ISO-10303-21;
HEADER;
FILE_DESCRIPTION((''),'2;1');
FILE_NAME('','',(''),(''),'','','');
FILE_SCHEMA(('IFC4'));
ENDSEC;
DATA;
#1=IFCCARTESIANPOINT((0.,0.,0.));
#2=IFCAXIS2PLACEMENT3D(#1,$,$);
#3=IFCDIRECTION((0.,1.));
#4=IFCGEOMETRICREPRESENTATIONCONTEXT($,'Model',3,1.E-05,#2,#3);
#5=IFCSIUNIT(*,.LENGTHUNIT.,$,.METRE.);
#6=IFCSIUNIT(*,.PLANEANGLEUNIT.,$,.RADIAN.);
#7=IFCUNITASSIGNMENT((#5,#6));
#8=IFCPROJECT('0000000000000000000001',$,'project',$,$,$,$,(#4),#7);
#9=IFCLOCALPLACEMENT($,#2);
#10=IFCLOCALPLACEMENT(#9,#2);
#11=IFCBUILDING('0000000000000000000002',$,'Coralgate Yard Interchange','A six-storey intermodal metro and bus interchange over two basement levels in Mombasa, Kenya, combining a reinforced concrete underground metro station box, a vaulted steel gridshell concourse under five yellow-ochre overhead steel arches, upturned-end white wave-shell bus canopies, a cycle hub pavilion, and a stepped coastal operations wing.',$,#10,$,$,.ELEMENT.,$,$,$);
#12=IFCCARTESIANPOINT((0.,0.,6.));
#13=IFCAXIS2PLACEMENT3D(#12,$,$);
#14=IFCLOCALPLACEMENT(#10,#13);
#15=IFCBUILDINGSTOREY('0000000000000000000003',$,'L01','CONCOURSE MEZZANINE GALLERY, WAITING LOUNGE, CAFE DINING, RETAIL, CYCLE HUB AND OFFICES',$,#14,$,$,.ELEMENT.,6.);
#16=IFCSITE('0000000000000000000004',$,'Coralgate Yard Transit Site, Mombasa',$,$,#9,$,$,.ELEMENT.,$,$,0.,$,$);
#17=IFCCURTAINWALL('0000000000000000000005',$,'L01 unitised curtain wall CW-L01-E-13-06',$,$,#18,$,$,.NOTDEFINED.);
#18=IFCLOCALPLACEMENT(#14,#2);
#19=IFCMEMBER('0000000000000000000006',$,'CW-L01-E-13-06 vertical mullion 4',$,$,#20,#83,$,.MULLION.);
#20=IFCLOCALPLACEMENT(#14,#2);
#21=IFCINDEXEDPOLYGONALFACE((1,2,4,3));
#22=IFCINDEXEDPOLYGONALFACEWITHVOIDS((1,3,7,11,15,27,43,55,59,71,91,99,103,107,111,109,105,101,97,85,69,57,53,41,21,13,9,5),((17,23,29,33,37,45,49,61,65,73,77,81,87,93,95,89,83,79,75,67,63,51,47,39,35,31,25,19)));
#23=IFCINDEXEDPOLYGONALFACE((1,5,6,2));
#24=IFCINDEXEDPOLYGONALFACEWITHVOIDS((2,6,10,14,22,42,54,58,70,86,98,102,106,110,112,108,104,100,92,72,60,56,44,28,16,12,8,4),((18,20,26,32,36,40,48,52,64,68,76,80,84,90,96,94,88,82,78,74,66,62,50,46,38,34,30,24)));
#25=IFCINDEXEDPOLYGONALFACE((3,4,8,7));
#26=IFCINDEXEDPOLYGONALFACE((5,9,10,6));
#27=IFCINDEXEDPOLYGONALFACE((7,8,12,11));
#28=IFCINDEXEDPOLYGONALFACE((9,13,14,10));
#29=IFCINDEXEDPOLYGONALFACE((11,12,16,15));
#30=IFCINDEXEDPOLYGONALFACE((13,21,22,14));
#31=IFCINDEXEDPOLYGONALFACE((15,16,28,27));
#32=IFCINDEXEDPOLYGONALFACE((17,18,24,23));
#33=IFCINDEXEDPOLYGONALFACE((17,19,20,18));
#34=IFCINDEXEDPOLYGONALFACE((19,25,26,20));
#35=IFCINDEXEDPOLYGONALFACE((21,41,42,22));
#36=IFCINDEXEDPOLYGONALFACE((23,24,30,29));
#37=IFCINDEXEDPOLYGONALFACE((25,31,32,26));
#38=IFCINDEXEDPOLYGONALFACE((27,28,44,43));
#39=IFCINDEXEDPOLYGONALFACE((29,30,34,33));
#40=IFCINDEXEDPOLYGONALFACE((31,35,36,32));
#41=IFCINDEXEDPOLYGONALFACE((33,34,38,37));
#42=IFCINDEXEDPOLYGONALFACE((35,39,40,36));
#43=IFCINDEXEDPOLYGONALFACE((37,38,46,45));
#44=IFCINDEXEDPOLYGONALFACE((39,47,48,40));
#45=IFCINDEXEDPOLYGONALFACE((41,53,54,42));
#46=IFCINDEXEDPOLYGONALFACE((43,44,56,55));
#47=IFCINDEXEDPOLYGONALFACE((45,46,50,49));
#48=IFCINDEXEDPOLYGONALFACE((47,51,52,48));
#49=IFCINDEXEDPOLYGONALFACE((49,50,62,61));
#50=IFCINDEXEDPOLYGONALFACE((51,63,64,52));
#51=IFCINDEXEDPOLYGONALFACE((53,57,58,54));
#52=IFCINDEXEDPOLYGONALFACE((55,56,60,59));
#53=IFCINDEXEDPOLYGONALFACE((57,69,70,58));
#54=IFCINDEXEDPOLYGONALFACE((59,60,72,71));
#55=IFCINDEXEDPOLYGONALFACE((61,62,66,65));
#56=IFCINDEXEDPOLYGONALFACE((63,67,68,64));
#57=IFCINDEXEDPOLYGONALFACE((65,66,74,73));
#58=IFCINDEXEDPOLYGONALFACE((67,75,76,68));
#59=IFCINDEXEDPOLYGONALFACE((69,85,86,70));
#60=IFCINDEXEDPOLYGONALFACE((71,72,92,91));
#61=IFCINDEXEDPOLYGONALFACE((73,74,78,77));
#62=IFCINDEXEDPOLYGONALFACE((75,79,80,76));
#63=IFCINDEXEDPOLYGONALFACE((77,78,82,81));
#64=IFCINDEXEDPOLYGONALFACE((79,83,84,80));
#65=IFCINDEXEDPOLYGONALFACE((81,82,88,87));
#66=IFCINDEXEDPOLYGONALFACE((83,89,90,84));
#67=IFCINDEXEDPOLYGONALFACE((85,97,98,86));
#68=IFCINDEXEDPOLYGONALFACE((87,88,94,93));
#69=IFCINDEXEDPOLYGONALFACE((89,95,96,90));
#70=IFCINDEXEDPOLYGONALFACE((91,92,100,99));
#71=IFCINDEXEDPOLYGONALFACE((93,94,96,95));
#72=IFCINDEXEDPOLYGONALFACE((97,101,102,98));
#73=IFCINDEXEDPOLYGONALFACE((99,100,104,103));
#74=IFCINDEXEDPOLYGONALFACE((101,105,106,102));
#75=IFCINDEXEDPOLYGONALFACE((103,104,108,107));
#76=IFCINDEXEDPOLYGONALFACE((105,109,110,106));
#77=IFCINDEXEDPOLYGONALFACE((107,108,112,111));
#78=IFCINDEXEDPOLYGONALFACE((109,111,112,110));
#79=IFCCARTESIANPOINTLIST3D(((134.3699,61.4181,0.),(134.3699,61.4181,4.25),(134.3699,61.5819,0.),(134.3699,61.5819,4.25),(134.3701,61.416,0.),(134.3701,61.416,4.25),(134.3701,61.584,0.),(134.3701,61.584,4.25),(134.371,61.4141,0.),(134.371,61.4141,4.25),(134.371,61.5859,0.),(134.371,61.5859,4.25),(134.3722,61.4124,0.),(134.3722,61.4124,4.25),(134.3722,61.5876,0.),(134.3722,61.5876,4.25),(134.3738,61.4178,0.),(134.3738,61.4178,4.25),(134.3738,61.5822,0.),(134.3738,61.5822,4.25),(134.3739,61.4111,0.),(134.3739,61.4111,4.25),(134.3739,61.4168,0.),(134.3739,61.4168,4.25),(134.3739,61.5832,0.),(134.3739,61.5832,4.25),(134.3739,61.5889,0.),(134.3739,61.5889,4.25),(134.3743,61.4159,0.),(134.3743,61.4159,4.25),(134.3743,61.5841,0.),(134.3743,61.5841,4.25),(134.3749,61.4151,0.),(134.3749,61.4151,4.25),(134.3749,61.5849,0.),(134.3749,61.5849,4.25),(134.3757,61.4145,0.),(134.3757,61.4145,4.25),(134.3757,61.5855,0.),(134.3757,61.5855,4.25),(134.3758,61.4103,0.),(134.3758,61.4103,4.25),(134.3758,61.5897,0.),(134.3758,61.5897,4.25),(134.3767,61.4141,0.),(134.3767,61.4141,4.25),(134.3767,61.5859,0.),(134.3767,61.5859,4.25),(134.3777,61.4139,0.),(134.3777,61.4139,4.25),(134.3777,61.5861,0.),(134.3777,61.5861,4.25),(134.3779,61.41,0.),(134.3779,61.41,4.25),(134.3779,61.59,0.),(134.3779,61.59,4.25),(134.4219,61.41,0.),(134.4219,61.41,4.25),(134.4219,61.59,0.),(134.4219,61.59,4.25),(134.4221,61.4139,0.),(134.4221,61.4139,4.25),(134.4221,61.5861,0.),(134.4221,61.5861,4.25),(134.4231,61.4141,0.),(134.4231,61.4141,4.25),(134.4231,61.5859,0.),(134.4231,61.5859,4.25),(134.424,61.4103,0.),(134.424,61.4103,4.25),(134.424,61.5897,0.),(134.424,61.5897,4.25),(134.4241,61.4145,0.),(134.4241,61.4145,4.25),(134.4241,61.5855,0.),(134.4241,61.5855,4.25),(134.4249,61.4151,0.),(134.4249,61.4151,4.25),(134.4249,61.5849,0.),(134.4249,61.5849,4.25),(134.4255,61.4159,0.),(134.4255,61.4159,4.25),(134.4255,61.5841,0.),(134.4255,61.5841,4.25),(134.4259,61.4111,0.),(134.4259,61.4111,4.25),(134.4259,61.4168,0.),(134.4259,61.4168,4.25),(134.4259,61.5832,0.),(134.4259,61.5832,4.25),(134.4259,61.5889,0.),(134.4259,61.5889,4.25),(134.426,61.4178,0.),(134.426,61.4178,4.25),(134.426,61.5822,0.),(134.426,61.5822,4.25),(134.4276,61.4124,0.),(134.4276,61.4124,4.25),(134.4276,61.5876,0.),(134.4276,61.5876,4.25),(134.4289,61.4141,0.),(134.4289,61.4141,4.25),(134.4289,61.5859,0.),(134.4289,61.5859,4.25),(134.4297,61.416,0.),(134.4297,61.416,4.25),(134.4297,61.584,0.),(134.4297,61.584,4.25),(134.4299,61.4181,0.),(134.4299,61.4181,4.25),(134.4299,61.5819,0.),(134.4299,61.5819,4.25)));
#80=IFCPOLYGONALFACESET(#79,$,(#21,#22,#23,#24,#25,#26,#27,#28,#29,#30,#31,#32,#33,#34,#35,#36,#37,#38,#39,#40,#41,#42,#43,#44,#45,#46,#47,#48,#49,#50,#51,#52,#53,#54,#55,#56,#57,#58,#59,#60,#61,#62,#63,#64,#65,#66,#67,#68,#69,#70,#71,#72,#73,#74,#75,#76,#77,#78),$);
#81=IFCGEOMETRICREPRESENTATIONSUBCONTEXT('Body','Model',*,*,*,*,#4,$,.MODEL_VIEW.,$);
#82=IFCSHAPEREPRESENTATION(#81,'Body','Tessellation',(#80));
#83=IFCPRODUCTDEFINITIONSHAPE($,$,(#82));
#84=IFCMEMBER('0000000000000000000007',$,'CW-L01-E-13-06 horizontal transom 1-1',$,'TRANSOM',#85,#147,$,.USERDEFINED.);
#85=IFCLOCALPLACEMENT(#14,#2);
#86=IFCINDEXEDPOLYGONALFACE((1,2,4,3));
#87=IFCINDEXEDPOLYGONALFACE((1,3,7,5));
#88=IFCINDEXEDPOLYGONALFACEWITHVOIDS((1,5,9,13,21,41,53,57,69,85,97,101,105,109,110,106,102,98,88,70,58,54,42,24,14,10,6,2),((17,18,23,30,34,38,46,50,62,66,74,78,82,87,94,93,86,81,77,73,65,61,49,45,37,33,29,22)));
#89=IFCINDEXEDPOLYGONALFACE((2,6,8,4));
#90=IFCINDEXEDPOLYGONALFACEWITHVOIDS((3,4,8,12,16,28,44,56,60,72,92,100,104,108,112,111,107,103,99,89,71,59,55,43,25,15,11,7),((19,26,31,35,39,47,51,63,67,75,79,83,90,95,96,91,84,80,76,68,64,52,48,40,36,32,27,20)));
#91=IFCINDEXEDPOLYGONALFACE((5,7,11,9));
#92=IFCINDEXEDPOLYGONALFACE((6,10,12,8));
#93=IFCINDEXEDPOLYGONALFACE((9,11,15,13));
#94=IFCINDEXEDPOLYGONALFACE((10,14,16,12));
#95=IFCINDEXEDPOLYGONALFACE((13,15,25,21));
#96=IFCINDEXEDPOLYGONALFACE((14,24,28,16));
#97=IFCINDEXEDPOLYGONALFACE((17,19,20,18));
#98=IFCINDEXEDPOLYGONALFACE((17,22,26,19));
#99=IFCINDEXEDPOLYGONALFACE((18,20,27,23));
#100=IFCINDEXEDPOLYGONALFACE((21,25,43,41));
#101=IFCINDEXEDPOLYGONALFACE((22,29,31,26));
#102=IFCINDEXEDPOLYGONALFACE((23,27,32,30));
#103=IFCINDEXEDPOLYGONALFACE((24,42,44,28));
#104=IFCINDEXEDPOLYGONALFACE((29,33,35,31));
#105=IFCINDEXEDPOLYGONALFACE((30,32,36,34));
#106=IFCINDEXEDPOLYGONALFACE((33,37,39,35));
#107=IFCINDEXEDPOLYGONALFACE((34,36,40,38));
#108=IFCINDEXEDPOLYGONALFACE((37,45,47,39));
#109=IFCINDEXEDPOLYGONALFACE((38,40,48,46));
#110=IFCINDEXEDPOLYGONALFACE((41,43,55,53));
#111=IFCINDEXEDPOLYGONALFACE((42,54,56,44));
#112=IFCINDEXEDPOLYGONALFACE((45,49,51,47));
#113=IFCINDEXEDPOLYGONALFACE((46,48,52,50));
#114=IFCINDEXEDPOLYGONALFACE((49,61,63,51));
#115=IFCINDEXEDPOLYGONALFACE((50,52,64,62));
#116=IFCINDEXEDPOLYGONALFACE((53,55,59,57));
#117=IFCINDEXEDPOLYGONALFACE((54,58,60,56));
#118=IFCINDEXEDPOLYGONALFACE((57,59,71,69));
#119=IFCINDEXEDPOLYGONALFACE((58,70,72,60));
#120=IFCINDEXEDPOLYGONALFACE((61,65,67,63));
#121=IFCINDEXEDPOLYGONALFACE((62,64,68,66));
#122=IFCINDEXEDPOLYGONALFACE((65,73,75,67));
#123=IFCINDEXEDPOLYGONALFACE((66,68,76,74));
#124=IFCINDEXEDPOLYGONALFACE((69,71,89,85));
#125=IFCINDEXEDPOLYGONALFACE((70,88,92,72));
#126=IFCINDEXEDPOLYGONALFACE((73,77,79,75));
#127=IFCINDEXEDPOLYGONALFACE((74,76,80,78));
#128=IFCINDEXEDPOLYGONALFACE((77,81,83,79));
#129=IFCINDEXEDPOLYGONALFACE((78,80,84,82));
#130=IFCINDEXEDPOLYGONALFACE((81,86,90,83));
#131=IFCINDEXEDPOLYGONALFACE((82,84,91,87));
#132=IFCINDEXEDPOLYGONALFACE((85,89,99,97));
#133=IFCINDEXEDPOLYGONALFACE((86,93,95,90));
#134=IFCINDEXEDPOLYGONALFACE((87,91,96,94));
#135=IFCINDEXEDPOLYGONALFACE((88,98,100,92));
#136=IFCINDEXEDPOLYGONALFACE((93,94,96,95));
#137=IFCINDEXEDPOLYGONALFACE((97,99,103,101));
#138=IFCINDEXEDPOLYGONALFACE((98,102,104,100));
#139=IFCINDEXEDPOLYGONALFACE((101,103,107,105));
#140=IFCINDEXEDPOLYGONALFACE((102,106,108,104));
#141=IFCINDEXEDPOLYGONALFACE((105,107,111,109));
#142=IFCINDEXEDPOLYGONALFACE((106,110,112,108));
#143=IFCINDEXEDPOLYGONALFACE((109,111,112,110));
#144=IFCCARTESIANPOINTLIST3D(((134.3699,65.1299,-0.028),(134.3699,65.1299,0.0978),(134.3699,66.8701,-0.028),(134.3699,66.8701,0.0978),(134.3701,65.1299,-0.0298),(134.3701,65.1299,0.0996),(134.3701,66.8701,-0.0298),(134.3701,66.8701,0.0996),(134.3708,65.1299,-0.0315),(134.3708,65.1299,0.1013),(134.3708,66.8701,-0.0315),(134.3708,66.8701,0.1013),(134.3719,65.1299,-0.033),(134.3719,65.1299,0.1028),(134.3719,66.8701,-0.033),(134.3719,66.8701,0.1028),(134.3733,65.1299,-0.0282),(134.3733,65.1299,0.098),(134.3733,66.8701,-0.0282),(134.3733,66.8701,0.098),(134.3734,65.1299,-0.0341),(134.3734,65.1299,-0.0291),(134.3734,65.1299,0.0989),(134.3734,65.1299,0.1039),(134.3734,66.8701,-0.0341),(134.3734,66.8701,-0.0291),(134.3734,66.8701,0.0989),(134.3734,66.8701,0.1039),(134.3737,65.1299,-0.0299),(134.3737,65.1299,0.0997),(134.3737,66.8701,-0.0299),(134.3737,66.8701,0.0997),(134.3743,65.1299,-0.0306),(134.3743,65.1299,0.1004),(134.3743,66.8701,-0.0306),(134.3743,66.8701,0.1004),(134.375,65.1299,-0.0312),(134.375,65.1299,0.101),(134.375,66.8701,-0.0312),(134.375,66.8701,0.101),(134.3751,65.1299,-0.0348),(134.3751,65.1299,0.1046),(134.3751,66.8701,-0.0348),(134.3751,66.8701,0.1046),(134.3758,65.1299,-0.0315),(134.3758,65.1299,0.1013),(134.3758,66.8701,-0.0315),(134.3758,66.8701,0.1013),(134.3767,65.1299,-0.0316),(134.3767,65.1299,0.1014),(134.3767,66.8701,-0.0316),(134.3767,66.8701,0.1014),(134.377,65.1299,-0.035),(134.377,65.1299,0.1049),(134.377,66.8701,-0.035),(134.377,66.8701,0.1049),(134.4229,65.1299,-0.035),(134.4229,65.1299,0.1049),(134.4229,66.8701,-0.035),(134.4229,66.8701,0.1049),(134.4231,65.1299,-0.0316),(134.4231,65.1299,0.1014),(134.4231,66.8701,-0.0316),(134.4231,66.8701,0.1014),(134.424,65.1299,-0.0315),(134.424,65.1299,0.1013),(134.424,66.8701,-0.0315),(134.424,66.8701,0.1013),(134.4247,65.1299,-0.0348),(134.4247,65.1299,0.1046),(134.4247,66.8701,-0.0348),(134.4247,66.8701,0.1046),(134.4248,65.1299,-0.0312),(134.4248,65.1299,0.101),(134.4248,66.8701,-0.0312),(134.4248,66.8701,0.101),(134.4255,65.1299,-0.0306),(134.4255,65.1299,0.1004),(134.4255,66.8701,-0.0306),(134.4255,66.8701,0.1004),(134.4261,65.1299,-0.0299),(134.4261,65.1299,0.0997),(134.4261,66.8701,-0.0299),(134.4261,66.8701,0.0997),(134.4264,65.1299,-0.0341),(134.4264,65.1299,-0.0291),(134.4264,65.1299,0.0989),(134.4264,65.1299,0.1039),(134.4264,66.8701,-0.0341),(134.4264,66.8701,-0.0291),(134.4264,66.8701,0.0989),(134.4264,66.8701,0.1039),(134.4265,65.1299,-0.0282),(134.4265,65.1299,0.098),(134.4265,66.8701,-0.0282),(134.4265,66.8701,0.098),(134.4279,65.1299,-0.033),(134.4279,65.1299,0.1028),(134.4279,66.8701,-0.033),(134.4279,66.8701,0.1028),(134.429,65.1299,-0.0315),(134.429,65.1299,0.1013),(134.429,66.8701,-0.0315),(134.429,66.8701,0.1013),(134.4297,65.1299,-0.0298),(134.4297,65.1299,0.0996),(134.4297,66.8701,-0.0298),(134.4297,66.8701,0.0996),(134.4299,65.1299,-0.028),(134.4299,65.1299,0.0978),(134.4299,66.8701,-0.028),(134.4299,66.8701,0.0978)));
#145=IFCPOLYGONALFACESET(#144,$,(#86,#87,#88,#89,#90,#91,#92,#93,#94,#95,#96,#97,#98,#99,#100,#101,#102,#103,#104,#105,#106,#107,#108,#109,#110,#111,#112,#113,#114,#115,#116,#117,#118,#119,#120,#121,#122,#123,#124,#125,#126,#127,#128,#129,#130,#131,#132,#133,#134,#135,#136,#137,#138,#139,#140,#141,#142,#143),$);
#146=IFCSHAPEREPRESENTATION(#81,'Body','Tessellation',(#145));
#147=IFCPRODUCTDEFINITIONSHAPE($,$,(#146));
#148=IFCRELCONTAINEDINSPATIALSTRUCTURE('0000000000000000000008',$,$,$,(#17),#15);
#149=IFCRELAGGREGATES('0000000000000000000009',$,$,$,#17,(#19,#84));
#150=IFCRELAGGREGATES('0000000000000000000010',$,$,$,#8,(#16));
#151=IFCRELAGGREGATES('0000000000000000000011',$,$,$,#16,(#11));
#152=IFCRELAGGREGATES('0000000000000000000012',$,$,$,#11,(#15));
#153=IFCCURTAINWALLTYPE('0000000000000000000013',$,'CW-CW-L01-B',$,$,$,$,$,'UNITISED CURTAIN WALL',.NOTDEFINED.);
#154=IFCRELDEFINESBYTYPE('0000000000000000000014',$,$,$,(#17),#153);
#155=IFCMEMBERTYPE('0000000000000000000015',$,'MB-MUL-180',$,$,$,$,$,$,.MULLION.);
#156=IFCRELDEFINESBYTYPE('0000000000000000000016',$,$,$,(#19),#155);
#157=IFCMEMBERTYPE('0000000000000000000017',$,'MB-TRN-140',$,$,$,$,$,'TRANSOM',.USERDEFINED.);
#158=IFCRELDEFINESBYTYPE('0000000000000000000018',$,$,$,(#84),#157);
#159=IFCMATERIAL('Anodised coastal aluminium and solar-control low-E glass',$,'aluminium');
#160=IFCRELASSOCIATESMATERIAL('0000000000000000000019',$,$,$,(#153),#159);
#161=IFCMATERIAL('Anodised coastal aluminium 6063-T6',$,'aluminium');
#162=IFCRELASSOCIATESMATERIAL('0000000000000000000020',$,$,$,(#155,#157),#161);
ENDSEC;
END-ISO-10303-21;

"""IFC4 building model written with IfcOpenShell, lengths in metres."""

from ifc_helpers import new_model, si_unit, direction, frame, origin, origin_2d, place, context, subcontext, project, spatial, hollow_rectangle, extrude, material, material_profile, profile_set, type_object, element, aggregate, save


model = new_model("IFC4")

# Units and contexts
model_context = context("Model", 3, precision=1e-05, world=origin(), true_north=direction((0.0, 1.0)))
body_context = subcontext(model_context, "Body", "Model", "MODEL_VIEW")
ifc_project = project(units=[si_unit("LENGTHUNIT", "METRE"), si_unit("PLANEANGLEUNIT", "RADIAN")], contexts=[model_context])

# Site, building, storey
site_placement = place(None, origin())
site = spatial("IfcSite", under=ifc_project, at=site_placement, Name="Coralgate Yard Transit Site, Mombasa", CompositionType="ELEMENT", RefElevation=0.0)
building_placement = place(site_placement, origin())
building = spatial("IfcBuilding", under=site, at=building_placement, Name="Coralgate Yard Interchange", Description="A six-storey intermodal metro and bus interchange over two basement levels in Mombasa, Kenya, combining a reinforced concrete underground metro station box, a vaulted steel gridshell concourse under five yellow-ochre overhead steel arches, upturned-end white wave-shell bus canopies, a cycle hub pavilion, and a stepped coastal operations wing.", CompositionType="ELEMENT")
storey_placement = place(building_placement, frame((0.0, 0.0, 6.0)))
storey = spatial("IfcBuildingStorey", under=building, at=storey_placement, Name="L01", Description="CONCOURSE MEZZANINE GALLERY, WAITING LOUNGE, CAFE DINING, RETAIL, CYCLE HUB AND OFFICES", CompositionType="ELEMENT", Elevation=6.0)

# Curtain wall, members
ifc_material_1 = material(Name="Anodised coastal aluminium and solar-control low-E glass", Category="aluminium")
curtain_wall_type = type_object("IfcCurtainWallType", Name="CW-CW-L01-B", ElementType="UNITISED CURTAIN WALL", PredefinedType="NOTDEFINED", material=ifc_material_1)
curtain_wall_placement = place(storey_placement, origin())
curtain_wall = element("IfcCurtainWall", 1, at=curtain_wall_placement, inside=storey, type_object=curtain_wall_type, Name="L01 unitised curtain wall CW-L01-E-13-06", PredefinedType="NOTDEFINED")
ifc_material_2 = material(Name="Anodised coastal aluminium 6063-T6", Category="aluminium")
ifc_material_profile_1 = material_profile(ifc_material_2, hollow_rectangle(XDim=0.0601, YDim=0.1799, WallThickness=0.0039, InnerFilletRadius=0.0039, OuterFilletRadius=0.0081, at=origin_2d()), Name="ALU 60x180x4")
ifc_profile_set_1 = profile_set([ifc_material_profile_1], Name="Anodised coastal aluminium 6063-T6")
member_type_1 = type_object("IfcMemberType", Name="MB-MUL-180", PredefinedType="MULLION", material=ifc_profile_set_1)
member_1_placement = place(storey_placement, frame((134.3999, 61.5, 0.0), z_axis=(0.0, 0.0, 1.0), x_axis=(1.0, 0.0, 0.0)))
member_1 = element("IfcMember", 2, at=member_1_placement, type_object=member_type_1, Name="CW-L01-E-13-06 vertical mullion 4", PredefinedType="MULLION", context=body_context, shape_type="SweptSolid", body=[
    extrude(hollow_rectangle(XDim=0.0601, YDim=0.1799, WallThickness=0.0039, InnerFilletRadius=0.0039, OuterFilletRadius=0.0081, at=origin_2d()), origin(), (0.0, 0.0, 1.0), 4.25),
])
ifc_material_profile_2 = material_profile(ifc_material_2, hollow_rectangle(XDim=0.0601, YDim=0.1399, WallThickness=0.0034, InnerFilletRadius=0.0034, OuterFilletRadius=0.0071, at=origin_2d()), Name="ALU 60x140x3.5")
ifc_profile_set_2 = profile_set([ifc_material_profile_2], Name="Anodised coastal aluminium 6063-T6")
member_type_2 = type_object("IfcMemberType", Name="MB-TRN-140", ElementType="TRANSOM", PredefinedType="USERDEFINED", material=ifc_profile_set_2)
member_2_placement = place(storey_placement, frame((134.3999, 66.8701, 0.0349), z_axis=(0.0, -1.0, 0.0), x_axis=(1.0, 0.0, 0.0)))
member_2 = element("IfcMember", 3, at=member_2_placement, type_object=member_type_2, Name="CW-L01-E-13-06 horizontal transom 1-1", ObjectType="TRANSOM", PredefinedType="USERDEFINED", context=body_context, shape_type="SweptSolid", body=[
    extrude(hollow_rectangle(XDim=0.0601, YDim=0.1399, WallThickness=0.0034, InnerFilletRadius=0.0034, OuterFilletRadius=0.0071, at=origin_2d()), origin(), (0.0, 0.0, 1.0), 1.7402),
])
aggregate(curtain_wall, [member_1, member_2])

save(model, "model.ifc")
